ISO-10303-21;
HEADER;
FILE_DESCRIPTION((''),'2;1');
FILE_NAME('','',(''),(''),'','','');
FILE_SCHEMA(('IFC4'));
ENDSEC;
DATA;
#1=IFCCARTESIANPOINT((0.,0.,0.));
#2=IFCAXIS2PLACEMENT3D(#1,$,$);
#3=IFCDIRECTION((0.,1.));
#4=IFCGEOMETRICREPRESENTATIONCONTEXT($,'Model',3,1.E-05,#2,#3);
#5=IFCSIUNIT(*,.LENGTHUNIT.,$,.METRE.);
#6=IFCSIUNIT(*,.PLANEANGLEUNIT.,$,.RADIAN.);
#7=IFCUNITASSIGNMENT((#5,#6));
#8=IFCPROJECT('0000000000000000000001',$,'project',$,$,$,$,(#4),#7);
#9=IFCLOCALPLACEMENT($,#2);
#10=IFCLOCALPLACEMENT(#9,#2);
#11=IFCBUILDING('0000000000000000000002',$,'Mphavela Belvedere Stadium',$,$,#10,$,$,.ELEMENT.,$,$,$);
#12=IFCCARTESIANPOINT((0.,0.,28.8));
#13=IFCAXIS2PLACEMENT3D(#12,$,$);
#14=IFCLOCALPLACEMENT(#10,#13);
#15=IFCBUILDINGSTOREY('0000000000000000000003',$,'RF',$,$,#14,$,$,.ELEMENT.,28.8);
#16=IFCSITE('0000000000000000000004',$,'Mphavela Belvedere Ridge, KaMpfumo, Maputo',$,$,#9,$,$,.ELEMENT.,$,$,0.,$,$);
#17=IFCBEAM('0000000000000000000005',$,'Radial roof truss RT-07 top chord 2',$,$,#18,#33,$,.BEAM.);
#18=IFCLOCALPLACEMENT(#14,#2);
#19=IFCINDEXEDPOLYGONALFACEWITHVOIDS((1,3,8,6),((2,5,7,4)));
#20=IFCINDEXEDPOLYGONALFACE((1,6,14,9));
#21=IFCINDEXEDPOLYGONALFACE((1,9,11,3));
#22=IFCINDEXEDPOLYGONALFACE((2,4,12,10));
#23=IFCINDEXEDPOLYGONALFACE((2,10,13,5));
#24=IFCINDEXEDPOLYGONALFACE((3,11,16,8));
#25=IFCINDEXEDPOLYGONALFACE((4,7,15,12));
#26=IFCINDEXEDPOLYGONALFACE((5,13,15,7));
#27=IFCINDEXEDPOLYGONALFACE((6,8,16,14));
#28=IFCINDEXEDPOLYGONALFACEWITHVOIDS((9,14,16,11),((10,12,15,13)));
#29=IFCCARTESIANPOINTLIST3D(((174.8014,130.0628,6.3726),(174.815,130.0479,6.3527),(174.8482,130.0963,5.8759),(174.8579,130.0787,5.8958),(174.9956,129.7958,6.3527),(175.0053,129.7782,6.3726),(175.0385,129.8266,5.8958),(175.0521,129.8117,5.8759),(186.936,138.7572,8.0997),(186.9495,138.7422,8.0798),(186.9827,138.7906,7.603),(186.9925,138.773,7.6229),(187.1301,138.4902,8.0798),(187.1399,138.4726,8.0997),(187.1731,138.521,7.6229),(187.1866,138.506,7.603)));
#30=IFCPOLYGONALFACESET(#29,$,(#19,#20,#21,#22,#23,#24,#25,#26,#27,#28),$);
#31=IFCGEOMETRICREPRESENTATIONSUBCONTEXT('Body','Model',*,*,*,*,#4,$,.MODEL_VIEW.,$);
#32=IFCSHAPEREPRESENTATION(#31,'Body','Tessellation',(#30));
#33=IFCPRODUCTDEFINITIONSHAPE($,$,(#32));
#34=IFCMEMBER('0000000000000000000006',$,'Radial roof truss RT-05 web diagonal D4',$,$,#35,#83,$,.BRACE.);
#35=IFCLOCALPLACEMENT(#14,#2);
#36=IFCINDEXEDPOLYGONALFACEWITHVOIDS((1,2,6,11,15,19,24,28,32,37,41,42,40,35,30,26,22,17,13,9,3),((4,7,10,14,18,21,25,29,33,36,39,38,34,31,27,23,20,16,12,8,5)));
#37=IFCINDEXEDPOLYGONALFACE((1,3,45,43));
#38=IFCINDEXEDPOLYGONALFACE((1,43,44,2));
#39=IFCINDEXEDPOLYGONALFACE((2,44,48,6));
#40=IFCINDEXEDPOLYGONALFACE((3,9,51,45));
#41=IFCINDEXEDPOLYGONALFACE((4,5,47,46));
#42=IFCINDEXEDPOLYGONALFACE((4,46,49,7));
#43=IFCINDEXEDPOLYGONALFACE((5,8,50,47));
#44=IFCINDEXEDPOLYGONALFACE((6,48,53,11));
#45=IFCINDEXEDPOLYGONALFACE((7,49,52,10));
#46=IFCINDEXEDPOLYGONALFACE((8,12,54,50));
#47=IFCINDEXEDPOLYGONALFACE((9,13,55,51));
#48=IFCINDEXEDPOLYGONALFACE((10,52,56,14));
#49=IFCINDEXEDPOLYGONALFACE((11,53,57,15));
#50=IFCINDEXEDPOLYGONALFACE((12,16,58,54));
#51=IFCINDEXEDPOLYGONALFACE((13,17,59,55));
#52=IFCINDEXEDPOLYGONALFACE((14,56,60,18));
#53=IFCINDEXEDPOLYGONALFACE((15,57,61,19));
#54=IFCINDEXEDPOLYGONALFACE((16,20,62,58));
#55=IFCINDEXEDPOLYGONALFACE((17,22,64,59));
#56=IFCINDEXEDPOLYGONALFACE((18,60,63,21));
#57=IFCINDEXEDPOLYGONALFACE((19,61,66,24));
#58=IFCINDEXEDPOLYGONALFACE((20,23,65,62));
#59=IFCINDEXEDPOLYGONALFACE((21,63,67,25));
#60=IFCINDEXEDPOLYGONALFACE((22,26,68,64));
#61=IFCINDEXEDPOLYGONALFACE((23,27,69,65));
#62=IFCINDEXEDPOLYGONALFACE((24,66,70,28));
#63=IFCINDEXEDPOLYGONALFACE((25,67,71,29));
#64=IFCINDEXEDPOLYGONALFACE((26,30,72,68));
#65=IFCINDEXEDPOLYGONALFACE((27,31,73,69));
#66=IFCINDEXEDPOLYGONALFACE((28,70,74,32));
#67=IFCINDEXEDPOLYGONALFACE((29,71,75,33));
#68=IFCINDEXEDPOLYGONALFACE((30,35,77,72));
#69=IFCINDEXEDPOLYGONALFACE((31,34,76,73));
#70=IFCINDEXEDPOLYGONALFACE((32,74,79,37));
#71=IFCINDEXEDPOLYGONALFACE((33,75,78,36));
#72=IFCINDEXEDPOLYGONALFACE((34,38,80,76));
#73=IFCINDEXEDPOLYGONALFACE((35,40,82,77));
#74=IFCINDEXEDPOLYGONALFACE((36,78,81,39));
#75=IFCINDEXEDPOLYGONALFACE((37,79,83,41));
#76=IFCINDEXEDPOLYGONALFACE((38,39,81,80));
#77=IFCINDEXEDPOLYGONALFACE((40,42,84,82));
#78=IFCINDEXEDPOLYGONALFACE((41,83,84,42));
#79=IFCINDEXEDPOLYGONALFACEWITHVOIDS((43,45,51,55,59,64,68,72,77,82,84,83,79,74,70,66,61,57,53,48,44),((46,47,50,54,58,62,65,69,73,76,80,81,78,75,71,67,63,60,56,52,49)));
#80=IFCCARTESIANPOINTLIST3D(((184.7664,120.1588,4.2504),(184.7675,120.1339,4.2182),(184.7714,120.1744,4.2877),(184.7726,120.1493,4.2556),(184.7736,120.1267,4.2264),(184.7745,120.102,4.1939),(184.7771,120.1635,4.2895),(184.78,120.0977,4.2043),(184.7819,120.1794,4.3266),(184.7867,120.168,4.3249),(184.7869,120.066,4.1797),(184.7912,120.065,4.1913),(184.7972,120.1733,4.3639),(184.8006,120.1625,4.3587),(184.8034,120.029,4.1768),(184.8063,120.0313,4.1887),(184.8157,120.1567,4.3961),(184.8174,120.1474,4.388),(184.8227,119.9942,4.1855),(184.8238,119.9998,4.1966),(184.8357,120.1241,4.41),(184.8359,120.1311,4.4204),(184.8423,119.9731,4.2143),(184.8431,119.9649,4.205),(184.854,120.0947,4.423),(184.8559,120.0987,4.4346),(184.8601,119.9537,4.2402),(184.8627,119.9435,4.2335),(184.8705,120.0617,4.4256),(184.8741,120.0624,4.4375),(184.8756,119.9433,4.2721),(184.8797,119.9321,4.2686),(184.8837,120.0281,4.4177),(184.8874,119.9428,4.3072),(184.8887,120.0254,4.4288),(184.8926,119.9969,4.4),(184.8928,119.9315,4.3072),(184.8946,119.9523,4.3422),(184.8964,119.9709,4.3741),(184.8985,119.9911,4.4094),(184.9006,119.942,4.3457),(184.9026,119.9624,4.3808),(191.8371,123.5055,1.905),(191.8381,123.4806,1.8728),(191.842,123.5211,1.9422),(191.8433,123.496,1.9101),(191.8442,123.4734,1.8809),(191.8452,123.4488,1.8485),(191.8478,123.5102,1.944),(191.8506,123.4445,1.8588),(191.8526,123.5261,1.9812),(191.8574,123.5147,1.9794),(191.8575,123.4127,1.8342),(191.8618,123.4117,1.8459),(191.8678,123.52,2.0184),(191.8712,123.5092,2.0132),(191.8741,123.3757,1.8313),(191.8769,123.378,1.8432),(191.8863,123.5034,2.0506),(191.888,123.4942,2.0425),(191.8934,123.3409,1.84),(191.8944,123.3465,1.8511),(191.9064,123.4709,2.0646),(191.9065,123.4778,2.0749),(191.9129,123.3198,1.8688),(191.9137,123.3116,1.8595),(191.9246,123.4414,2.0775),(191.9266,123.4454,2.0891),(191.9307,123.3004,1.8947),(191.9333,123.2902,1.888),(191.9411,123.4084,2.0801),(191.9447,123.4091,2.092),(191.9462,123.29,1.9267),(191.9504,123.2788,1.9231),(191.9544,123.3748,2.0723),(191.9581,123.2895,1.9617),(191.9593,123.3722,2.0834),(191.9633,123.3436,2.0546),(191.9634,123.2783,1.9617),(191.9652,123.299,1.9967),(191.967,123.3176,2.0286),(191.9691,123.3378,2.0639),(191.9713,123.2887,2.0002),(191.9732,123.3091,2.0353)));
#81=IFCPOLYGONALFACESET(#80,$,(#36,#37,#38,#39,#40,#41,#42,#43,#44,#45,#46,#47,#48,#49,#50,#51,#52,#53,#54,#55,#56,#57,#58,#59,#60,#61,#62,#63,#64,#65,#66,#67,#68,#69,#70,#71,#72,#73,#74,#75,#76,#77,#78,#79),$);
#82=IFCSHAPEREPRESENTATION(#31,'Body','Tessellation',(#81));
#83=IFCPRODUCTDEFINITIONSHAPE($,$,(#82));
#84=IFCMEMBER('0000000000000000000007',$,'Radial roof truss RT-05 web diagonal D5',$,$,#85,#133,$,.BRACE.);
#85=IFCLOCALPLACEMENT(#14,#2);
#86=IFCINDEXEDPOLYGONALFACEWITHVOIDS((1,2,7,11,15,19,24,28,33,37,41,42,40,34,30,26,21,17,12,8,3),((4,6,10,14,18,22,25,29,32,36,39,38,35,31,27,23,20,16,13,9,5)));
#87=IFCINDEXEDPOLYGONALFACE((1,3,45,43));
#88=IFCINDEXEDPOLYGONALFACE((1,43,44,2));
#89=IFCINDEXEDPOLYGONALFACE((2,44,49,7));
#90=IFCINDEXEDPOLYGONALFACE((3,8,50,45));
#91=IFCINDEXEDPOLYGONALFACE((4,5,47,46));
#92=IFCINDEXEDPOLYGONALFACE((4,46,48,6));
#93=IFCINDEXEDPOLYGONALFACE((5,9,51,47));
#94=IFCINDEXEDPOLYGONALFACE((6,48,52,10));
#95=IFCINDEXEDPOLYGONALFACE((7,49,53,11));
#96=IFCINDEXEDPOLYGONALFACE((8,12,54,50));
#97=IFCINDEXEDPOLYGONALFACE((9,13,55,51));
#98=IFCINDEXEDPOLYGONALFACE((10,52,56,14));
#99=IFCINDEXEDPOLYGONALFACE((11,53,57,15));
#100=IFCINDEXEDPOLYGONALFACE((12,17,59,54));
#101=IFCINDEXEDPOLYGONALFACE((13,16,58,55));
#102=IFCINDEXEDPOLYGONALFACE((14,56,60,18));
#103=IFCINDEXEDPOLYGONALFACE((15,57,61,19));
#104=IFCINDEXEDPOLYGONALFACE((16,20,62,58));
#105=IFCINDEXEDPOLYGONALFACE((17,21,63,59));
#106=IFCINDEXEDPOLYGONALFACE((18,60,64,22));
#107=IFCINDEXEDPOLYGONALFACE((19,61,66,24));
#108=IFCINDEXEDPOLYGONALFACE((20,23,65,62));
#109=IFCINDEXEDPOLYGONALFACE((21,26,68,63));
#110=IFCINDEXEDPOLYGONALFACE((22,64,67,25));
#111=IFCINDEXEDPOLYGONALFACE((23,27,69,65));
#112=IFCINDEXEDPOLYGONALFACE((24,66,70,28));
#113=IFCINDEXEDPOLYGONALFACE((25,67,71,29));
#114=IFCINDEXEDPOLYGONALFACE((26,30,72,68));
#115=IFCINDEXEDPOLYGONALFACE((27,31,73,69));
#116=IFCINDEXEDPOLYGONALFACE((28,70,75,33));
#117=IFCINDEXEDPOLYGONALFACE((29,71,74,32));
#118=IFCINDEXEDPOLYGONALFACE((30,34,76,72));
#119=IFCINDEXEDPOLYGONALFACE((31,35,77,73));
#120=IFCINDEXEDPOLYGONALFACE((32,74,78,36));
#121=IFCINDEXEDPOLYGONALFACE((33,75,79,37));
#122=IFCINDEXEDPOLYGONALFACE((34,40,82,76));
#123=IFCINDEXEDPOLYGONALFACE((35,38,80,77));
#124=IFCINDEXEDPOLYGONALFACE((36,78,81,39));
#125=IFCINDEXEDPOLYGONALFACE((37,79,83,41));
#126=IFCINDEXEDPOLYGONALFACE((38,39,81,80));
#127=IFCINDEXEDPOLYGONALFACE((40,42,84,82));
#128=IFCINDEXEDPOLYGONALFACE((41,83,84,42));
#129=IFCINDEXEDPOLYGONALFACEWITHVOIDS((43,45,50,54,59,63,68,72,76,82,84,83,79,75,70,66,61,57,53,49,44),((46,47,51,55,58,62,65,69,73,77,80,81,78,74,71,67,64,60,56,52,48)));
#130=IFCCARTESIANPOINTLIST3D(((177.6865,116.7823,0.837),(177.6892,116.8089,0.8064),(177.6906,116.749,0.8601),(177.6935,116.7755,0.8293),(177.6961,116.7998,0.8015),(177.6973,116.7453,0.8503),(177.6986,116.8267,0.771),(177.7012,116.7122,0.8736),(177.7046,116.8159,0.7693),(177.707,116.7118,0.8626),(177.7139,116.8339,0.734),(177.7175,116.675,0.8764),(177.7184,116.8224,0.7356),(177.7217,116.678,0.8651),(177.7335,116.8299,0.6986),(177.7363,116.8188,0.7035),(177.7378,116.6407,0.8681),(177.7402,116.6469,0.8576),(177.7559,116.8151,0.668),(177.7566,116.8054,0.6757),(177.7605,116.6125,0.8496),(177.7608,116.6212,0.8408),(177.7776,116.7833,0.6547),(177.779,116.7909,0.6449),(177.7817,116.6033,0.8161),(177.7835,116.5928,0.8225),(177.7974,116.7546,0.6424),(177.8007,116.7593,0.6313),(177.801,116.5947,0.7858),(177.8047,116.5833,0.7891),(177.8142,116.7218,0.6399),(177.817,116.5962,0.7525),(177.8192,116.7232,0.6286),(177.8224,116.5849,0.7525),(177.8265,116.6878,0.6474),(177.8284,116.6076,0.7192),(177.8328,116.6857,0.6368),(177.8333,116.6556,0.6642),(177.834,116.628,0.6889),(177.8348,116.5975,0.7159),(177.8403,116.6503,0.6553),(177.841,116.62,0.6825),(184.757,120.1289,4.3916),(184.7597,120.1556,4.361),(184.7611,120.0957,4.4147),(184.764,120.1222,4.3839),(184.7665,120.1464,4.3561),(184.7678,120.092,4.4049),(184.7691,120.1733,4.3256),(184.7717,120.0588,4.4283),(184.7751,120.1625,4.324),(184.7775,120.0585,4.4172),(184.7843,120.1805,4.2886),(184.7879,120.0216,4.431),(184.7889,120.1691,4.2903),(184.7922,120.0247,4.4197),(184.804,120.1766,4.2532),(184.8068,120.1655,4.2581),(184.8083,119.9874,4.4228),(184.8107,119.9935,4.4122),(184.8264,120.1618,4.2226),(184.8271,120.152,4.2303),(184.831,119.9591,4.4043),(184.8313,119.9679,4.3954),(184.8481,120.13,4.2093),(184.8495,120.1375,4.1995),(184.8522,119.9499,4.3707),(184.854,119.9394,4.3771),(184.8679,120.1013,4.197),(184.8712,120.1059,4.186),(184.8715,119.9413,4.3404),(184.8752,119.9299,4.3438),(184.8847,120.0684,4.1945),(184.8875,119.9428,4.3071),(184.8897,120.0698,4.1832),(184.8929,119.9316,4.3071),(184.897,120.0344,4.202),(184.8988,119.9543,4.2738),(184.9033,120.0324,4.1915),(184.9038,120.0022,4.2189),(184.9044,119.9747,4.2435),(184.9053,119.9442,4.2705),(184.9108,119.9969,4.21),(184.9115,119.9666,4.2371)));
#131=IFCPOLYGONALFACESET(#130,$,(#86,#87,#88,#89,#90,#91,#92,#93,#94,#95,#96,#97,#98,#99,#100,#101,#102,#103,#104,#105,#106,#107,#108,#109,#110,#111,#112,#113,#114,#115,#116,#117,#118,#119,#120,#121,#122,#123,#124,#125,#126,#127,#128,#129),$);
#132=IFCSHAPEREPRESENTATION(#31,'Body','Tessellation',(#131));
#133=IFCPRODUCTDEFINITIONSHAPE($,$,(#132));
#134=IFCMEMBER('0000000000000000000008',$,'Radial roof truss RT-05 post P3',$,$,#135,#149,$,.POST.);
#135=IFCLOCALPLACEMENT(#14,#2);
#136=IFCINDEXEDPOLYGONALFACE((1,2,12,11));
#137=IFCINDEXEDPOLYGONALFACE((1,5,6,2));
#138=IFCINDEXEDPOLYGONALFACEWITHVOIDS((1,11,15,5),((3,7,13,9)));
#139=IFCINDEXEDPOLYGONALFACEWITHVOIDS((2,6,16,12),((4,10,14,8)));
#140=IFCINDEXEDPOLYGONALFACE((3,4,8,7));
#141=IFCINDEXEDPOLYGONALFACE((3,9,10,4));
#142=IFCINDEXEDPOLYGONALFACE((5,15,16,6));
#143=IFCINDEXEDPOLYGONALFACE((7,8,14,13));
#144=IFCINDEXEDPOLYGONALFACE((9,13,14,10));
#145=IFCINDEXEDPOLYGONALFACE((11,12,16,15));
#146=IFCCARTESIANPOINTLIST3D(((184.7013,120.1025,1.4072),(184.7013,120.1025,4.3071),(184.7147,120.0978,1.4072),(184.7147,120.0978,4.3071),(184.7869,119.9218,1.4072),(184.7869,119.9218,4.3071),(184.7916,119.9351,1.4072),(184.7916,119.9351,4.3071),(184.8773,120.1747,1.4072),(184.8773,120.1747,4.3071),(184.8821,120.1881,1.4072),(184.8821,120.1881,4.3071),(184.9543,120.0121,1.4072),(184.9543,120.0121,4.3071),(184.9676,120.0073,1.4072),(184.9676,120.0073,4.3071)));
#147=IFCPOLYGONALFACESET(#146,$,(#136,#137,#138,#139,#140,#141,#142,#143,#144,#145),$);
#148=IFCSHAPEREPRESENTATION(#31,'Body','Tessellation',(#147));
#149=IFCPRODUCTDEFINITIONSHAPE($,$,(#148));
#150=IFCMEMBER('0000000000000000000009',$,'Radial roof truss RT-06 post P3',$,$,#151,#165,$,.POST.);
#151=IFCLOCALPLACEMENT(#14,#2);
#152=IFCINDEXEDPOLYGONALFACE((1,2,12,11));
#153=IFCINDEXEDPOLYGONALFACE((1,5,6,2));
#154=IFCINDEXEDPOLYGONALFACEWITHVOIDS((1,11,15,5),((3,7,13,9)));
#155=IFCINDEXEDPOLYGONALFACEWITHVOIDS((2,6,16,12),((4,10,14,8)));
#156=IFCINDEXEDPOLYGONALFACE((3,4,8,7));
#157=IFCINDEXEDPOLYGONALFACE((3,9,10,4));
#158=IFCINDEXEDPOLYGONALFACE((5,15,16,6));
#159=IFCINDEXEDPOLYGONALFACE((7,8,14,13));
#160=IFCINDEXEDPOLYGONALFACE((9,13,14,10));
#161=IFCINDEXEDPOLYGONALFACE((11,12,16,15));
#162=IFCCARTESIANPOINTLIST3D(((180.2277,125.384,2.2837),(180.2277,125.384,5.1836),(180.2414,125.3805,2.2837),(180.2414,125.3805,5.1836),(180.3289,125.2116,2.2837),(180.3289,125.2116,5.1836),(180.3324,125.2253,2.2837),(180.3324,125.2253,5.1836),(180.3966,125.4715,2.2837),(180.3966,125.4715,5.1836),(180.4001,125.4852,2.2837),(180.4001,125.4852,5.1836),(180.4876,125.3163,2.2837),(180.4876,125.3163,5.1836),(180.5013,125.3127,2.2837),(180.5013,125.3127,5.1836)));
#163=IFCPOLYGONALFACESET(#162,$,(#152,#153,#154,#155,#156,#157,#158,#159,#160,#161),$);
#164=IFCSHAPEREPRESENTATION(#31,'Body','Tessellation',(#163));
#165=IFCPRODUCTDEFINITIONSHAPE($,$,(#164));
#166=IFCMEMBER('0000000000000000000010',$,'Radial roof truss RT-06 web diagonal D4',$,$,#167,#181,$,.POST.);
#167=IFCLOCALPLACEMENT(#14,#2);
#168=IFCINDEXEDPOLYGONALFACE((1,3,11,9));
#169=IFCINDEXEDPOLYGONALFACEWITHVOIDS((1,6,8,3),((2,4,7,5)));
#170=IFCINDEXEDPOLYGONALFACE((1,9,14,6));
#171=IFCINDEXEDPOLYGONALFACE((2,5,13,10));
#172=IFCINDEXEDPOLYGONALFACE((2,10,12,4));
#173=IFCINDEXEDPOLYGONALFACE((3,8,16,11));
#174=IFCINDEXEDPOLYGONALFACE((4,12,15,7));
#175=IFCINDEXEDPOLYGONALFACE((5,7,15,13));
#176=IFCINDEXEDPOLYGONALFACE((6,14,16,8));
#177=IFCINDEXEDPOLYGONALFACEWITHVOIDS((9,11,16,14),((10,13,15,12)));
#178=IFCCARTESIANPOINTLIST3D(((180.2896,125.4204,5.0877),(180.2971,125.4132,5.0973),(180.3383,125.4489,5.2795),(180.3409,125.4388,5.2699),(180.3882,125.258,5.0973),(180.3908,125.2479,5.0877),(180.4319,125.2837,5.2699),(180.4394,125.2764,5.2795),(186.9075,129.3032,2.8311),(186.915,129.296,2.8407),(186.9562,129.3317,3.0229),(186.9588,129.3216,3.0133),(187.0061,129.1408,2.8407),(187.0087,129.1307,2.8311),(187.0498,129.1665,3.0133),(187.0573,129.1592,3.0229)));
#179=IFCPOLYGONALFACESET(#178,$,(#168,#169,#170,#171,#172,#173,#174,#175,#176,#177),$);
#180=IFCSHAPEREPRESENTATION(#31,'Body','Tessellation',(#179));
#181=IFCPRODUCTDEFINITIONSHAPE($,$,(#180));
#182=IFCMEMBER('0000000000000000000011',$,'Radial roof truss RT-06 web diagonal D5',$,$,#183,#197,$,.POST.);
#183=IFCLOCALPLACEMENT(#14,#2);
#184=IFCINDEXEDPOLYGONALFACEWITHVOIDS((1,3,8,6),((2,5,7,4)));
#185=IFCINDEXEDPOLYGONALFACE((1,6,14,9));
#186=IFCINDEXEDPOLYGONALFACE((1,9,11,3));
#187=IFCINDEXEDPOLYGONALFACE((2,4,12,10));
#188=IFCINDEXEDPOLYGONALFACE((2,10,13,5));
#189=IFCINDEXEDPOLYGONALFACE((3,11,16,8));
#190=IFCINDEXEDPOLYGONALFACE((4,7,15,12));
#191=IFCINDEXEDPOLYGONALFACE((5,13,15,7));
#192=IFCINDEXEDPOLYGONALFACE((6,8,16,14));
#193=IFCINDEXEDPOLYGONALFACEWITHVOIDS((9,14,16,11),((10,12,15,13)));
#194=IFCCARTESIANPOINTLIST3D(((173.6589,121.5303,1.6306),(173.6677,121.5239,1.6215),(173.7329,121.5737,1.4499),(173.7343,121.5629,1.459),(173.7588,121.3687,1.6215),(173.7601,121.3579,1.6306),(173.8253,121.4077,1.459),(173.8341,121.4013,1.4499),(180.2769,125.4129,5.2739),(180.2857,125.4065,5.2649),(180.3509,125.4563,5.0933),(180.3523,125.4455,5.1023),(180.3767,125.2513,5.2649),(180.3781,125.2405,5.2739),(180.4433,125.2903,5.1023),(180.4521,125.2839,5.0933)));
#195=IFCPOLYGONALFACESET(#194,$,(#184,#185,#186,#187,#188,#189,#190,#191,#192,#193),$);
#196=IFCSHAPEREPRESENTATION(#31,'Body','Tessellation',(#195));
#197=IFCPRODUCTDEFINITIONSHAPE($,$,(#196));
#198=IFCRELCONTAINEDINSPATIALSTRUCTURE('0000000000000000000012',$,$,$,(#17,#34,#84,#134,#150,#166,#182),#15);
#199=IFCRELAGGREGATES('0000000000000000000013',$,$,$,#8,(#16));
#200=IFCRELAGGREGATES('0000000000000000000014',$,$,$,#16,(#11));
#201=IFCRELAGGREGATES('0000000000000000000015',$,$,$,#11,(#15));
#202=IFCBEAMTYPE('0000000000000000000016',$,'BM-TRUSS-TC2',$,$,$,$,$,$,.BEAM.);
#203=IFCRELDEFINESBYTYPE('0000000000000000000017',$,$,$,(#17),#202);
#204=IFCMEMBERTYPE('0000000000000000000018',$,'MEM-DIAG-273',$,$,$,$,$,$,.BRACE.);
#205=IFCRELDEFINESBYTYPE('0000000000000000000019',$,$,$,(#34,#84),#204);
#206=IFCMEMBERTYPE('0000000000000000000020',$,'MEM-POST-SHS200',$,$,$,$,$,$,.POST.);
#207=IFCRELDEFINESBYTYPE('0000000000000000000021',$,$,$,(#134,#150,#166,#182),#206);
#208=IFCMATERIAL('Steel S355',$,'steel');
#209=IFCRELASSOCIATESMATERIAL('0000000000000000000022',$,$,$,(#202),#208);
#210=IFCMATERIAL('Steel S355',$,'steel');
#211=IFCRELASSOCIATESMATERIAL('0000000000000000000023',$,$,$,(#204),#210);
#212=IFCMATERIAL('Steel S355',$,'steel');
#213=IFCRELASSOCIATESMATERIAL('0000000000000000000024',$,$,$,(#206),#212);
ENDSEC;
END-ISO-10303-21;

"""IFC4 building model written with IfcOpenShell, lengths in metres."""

from ifc_helpers import new_model, si_unit, direction, frame, origin, origin_2d, place, context, subcontext, project, spatial, hollow_rectangle, hollow_circle, extrude, material, material_profile, profile_set, type_object, element, save


model = new_model("IFC4")

# Units and contexts
model_context = context("Model", 3, precision=1e-05, world=origin(), true_north=direction((0.0, 1.0)))
body_context = subcontext(model_context, "Body", "Model", "MODEL_VIEW")
ifc_project = project(units=[si_unit("LENGTHUNIT", "METRE"), si_unit("PLANEANGLEUNIT", "RADIAN")], contexts=[model_context])

# Site, building, storey
site_placement = place(None, origin())
site = spatial("IfcSite", under=ifc_project, at=site_placement, Name="Mphavela Belvedere Ridge, KaMpfumo, Maputo", CompositionType="ELEMENT", RefElevation=0.0)
building_placement = place(site_placement, origin())
building = spatial("IfcBuilding", under=site, at=building_placement, Name="Mphavela Belvedere Stadium", CompositionType="ELEMENT")
storey_placement = place(building_placement, frame((0.0, 0.0, 28.8)))
storey = spatial("IfcBuildingStorey", under=building, at=storey_placement, Name="RF", CompositionType="ELEMENT", Elevation=28.8)

# Beam
ifc_material_1 = material(Name="Steel S355", Category="steel")
ifc_material_profile_1 = material_profile(ifc_material_1, hollow_rectangle(XDim=0.3501, YDim=0.5, WallThickness=0.02, at=origin_2d()), Name="RHS 500x350x20")
ifc_profile_set_1 = profile_set([ifc_material_profile_1], Name="Steel S355")
beam_type_1 = type_object("IfcBeamType", Name="BM-TRUSS-TC2", PredefinedType="BEAM", material=ifc_profile_set_1)
beam_1_placement = place(storey_placement, frame((187.0613, 138.6316, 7.8513), z_axis=(-0.807497, -0.578568, -0.114927), x_axis=(0.582427, -0.812883, 0.0)))
element("IfcBeam", 1, at=beam_1_placement, inside=storey, type_object=beam_type_1, Name="Radial roof truss RT-07 top chord 2", PredefinedType="BEAM", context=body_context, shape_type="SweptSolid", body=[
    extrude(hollow_rectangle(XDim=0.3501, YDim=0.5, WallThickness=0.02, at=origin_2d()), origin(), (0.0, 0.0, 1.0), 15.0273),
])

# Members
ifc_material_2 = material(Name="Steel S355", Category="steel")
ifc_material_profile_2 = material_profile(ifc_material_2, hollow_circle(Radius=0.1365, WallThickness=0.0125, at=origin_2d()), Name="CHS 273x12.5")
ifc_profile_set_2 = profile_set([ifc_material_profile_2], Name="Steel S355")
member_type_1 = type_object("IfcMemberType", Name="MEM-DIAG-273", PredefinedType="BRACE", material=ifc_profile_set_2)
member_1_placement = place(storey_placement, frame((191.905, 123.4016, 1.9617), z_axis=(-0.865784, -0.409798, 0.2872), x_axis=(0.427822, -0.903863, 0.0)))
element("IfcMember", 2, at=member_1_placement, inside=storey, type_object=member_type_1, Name="Radial roof truss RT-05 web diagonal D4", PredefinedType="BRACE", context=body_context, shape_type="SweptSolid", body=[
    extrude(hollow_circle(Radius=0.1365, WallThickness=0.0125, at=origin_2d()), origin(), (0.0, 0.0, 1.0), 8.1667),
])
member_2_placement = place(storey_placement, frame((184.8345, 120.0549, 4.3071), z_axis=(-0.822888, -0.389494, -0.413703), x_axis=(0.427822, -0.903863, 0.0)))
element("IfcMember", 3, at=member_2_placement, inside=storey, type_object=member_type_1, Name="Radial roof truss RT-05 web diagonal D5", PredefinedType="BRACE", context=body_context, shape_type="SweptSolid", body=[
    extrude(hollow_circle(Radius=0.1365, WallThickness=0.0125, at=origin_2d()), origin(), (0.0, 0.0, 1.0), 8.5923),
])
ifc_material_3 = material(Name="Steel S355", Category="steel")
ifc_material_profile_3 = material_profile(ifc_material_3, hollow_rectangle(XDim=0.2, YDim=0.2, WallThickness=0.01, at=origin_2d()), Name="SHS 200x200x10")
ifc_profile_set_3 = profile_set([ifc_material_profile_3], Name="Steel S355")
member_type_2 = type_object("IfcMemberType", Name="MEM-POST-SHS200", PredefinedType="POST", material=ifc_profile_set_3)
for number, where, z_axis, x_axis, name in (
    (4, (184.8345, 120.0549, 1.4072), (0.0, 0.0, 1.0), (0.903859, 0.427831, 0.0), "Radial roof truss RT-05 post P3"),
    (5, (180.3645, 125.3484, 2.2837), (0.0, 0.0, 1.0), (0.862514, 0.506034, 0.0), "Radial roof truss RT-06 post P3"),
):
    element("IfcMember", number, at=place(storey_placement, frame(where, z_axis=z_axis, x_axis=x_axis)), inside=storey, type_object=member_type_2, Name=name, PredefinedType="POST", context=body_context, shape_type="SweptSolid", body=[
        extrude(hollow_rectangle(XDim=0.2, YDim=0.2, WallThickness=0.01, at=origin_2d()), origin(), (0.0, 0.0, 1.0), 2.8999),
    ])
member_3_placement = place(storey_placement, frame((186.9824, 129.2312, 2.927), z_axis=(-0.827464, -0.485483, 0.28215), x_axis=(0.506044, -0.862508, 0.0)))
element("IfcMember", 6, at=member_3_placement, inside=storey, type_object=member_type_2, Name="Radial roof truss RT-06 web diagonal D4", PredefinedType="POST", context=body_context, shape_type="SweptSolid", body=[
    extrude(hollow_rectangle(XDim=0.2, YDim=0.2, WallThickness=0.01, at=origin_2d()), origin(), (0.0, 0.0, 1.0), 7.9978),
])
member_4_placement = place(storey_placement, frame((180.3645, 125.3484, 5.1836), z_axis=(-0.779146, -0.457105, -0.428937), x_axis=(0.50602, -0.862522, 0.0)))
element("IfcMember", 7, at=member_4_placement, inside=storey, type_object=member_type_2, Name="Radial roof truss RT-06 web diagonal D5", PredefinedType="POST", context=body_context, shape_type="SweptSolid", body=[
    extrude(hollow_rectangle(XDim=0.2, YDim=0.2, WallThickness=0.01, at=origin_2d()), origin(), (0.0, 0.0, 1.0), 8.4939),
])

save(model, "model.ifc")
